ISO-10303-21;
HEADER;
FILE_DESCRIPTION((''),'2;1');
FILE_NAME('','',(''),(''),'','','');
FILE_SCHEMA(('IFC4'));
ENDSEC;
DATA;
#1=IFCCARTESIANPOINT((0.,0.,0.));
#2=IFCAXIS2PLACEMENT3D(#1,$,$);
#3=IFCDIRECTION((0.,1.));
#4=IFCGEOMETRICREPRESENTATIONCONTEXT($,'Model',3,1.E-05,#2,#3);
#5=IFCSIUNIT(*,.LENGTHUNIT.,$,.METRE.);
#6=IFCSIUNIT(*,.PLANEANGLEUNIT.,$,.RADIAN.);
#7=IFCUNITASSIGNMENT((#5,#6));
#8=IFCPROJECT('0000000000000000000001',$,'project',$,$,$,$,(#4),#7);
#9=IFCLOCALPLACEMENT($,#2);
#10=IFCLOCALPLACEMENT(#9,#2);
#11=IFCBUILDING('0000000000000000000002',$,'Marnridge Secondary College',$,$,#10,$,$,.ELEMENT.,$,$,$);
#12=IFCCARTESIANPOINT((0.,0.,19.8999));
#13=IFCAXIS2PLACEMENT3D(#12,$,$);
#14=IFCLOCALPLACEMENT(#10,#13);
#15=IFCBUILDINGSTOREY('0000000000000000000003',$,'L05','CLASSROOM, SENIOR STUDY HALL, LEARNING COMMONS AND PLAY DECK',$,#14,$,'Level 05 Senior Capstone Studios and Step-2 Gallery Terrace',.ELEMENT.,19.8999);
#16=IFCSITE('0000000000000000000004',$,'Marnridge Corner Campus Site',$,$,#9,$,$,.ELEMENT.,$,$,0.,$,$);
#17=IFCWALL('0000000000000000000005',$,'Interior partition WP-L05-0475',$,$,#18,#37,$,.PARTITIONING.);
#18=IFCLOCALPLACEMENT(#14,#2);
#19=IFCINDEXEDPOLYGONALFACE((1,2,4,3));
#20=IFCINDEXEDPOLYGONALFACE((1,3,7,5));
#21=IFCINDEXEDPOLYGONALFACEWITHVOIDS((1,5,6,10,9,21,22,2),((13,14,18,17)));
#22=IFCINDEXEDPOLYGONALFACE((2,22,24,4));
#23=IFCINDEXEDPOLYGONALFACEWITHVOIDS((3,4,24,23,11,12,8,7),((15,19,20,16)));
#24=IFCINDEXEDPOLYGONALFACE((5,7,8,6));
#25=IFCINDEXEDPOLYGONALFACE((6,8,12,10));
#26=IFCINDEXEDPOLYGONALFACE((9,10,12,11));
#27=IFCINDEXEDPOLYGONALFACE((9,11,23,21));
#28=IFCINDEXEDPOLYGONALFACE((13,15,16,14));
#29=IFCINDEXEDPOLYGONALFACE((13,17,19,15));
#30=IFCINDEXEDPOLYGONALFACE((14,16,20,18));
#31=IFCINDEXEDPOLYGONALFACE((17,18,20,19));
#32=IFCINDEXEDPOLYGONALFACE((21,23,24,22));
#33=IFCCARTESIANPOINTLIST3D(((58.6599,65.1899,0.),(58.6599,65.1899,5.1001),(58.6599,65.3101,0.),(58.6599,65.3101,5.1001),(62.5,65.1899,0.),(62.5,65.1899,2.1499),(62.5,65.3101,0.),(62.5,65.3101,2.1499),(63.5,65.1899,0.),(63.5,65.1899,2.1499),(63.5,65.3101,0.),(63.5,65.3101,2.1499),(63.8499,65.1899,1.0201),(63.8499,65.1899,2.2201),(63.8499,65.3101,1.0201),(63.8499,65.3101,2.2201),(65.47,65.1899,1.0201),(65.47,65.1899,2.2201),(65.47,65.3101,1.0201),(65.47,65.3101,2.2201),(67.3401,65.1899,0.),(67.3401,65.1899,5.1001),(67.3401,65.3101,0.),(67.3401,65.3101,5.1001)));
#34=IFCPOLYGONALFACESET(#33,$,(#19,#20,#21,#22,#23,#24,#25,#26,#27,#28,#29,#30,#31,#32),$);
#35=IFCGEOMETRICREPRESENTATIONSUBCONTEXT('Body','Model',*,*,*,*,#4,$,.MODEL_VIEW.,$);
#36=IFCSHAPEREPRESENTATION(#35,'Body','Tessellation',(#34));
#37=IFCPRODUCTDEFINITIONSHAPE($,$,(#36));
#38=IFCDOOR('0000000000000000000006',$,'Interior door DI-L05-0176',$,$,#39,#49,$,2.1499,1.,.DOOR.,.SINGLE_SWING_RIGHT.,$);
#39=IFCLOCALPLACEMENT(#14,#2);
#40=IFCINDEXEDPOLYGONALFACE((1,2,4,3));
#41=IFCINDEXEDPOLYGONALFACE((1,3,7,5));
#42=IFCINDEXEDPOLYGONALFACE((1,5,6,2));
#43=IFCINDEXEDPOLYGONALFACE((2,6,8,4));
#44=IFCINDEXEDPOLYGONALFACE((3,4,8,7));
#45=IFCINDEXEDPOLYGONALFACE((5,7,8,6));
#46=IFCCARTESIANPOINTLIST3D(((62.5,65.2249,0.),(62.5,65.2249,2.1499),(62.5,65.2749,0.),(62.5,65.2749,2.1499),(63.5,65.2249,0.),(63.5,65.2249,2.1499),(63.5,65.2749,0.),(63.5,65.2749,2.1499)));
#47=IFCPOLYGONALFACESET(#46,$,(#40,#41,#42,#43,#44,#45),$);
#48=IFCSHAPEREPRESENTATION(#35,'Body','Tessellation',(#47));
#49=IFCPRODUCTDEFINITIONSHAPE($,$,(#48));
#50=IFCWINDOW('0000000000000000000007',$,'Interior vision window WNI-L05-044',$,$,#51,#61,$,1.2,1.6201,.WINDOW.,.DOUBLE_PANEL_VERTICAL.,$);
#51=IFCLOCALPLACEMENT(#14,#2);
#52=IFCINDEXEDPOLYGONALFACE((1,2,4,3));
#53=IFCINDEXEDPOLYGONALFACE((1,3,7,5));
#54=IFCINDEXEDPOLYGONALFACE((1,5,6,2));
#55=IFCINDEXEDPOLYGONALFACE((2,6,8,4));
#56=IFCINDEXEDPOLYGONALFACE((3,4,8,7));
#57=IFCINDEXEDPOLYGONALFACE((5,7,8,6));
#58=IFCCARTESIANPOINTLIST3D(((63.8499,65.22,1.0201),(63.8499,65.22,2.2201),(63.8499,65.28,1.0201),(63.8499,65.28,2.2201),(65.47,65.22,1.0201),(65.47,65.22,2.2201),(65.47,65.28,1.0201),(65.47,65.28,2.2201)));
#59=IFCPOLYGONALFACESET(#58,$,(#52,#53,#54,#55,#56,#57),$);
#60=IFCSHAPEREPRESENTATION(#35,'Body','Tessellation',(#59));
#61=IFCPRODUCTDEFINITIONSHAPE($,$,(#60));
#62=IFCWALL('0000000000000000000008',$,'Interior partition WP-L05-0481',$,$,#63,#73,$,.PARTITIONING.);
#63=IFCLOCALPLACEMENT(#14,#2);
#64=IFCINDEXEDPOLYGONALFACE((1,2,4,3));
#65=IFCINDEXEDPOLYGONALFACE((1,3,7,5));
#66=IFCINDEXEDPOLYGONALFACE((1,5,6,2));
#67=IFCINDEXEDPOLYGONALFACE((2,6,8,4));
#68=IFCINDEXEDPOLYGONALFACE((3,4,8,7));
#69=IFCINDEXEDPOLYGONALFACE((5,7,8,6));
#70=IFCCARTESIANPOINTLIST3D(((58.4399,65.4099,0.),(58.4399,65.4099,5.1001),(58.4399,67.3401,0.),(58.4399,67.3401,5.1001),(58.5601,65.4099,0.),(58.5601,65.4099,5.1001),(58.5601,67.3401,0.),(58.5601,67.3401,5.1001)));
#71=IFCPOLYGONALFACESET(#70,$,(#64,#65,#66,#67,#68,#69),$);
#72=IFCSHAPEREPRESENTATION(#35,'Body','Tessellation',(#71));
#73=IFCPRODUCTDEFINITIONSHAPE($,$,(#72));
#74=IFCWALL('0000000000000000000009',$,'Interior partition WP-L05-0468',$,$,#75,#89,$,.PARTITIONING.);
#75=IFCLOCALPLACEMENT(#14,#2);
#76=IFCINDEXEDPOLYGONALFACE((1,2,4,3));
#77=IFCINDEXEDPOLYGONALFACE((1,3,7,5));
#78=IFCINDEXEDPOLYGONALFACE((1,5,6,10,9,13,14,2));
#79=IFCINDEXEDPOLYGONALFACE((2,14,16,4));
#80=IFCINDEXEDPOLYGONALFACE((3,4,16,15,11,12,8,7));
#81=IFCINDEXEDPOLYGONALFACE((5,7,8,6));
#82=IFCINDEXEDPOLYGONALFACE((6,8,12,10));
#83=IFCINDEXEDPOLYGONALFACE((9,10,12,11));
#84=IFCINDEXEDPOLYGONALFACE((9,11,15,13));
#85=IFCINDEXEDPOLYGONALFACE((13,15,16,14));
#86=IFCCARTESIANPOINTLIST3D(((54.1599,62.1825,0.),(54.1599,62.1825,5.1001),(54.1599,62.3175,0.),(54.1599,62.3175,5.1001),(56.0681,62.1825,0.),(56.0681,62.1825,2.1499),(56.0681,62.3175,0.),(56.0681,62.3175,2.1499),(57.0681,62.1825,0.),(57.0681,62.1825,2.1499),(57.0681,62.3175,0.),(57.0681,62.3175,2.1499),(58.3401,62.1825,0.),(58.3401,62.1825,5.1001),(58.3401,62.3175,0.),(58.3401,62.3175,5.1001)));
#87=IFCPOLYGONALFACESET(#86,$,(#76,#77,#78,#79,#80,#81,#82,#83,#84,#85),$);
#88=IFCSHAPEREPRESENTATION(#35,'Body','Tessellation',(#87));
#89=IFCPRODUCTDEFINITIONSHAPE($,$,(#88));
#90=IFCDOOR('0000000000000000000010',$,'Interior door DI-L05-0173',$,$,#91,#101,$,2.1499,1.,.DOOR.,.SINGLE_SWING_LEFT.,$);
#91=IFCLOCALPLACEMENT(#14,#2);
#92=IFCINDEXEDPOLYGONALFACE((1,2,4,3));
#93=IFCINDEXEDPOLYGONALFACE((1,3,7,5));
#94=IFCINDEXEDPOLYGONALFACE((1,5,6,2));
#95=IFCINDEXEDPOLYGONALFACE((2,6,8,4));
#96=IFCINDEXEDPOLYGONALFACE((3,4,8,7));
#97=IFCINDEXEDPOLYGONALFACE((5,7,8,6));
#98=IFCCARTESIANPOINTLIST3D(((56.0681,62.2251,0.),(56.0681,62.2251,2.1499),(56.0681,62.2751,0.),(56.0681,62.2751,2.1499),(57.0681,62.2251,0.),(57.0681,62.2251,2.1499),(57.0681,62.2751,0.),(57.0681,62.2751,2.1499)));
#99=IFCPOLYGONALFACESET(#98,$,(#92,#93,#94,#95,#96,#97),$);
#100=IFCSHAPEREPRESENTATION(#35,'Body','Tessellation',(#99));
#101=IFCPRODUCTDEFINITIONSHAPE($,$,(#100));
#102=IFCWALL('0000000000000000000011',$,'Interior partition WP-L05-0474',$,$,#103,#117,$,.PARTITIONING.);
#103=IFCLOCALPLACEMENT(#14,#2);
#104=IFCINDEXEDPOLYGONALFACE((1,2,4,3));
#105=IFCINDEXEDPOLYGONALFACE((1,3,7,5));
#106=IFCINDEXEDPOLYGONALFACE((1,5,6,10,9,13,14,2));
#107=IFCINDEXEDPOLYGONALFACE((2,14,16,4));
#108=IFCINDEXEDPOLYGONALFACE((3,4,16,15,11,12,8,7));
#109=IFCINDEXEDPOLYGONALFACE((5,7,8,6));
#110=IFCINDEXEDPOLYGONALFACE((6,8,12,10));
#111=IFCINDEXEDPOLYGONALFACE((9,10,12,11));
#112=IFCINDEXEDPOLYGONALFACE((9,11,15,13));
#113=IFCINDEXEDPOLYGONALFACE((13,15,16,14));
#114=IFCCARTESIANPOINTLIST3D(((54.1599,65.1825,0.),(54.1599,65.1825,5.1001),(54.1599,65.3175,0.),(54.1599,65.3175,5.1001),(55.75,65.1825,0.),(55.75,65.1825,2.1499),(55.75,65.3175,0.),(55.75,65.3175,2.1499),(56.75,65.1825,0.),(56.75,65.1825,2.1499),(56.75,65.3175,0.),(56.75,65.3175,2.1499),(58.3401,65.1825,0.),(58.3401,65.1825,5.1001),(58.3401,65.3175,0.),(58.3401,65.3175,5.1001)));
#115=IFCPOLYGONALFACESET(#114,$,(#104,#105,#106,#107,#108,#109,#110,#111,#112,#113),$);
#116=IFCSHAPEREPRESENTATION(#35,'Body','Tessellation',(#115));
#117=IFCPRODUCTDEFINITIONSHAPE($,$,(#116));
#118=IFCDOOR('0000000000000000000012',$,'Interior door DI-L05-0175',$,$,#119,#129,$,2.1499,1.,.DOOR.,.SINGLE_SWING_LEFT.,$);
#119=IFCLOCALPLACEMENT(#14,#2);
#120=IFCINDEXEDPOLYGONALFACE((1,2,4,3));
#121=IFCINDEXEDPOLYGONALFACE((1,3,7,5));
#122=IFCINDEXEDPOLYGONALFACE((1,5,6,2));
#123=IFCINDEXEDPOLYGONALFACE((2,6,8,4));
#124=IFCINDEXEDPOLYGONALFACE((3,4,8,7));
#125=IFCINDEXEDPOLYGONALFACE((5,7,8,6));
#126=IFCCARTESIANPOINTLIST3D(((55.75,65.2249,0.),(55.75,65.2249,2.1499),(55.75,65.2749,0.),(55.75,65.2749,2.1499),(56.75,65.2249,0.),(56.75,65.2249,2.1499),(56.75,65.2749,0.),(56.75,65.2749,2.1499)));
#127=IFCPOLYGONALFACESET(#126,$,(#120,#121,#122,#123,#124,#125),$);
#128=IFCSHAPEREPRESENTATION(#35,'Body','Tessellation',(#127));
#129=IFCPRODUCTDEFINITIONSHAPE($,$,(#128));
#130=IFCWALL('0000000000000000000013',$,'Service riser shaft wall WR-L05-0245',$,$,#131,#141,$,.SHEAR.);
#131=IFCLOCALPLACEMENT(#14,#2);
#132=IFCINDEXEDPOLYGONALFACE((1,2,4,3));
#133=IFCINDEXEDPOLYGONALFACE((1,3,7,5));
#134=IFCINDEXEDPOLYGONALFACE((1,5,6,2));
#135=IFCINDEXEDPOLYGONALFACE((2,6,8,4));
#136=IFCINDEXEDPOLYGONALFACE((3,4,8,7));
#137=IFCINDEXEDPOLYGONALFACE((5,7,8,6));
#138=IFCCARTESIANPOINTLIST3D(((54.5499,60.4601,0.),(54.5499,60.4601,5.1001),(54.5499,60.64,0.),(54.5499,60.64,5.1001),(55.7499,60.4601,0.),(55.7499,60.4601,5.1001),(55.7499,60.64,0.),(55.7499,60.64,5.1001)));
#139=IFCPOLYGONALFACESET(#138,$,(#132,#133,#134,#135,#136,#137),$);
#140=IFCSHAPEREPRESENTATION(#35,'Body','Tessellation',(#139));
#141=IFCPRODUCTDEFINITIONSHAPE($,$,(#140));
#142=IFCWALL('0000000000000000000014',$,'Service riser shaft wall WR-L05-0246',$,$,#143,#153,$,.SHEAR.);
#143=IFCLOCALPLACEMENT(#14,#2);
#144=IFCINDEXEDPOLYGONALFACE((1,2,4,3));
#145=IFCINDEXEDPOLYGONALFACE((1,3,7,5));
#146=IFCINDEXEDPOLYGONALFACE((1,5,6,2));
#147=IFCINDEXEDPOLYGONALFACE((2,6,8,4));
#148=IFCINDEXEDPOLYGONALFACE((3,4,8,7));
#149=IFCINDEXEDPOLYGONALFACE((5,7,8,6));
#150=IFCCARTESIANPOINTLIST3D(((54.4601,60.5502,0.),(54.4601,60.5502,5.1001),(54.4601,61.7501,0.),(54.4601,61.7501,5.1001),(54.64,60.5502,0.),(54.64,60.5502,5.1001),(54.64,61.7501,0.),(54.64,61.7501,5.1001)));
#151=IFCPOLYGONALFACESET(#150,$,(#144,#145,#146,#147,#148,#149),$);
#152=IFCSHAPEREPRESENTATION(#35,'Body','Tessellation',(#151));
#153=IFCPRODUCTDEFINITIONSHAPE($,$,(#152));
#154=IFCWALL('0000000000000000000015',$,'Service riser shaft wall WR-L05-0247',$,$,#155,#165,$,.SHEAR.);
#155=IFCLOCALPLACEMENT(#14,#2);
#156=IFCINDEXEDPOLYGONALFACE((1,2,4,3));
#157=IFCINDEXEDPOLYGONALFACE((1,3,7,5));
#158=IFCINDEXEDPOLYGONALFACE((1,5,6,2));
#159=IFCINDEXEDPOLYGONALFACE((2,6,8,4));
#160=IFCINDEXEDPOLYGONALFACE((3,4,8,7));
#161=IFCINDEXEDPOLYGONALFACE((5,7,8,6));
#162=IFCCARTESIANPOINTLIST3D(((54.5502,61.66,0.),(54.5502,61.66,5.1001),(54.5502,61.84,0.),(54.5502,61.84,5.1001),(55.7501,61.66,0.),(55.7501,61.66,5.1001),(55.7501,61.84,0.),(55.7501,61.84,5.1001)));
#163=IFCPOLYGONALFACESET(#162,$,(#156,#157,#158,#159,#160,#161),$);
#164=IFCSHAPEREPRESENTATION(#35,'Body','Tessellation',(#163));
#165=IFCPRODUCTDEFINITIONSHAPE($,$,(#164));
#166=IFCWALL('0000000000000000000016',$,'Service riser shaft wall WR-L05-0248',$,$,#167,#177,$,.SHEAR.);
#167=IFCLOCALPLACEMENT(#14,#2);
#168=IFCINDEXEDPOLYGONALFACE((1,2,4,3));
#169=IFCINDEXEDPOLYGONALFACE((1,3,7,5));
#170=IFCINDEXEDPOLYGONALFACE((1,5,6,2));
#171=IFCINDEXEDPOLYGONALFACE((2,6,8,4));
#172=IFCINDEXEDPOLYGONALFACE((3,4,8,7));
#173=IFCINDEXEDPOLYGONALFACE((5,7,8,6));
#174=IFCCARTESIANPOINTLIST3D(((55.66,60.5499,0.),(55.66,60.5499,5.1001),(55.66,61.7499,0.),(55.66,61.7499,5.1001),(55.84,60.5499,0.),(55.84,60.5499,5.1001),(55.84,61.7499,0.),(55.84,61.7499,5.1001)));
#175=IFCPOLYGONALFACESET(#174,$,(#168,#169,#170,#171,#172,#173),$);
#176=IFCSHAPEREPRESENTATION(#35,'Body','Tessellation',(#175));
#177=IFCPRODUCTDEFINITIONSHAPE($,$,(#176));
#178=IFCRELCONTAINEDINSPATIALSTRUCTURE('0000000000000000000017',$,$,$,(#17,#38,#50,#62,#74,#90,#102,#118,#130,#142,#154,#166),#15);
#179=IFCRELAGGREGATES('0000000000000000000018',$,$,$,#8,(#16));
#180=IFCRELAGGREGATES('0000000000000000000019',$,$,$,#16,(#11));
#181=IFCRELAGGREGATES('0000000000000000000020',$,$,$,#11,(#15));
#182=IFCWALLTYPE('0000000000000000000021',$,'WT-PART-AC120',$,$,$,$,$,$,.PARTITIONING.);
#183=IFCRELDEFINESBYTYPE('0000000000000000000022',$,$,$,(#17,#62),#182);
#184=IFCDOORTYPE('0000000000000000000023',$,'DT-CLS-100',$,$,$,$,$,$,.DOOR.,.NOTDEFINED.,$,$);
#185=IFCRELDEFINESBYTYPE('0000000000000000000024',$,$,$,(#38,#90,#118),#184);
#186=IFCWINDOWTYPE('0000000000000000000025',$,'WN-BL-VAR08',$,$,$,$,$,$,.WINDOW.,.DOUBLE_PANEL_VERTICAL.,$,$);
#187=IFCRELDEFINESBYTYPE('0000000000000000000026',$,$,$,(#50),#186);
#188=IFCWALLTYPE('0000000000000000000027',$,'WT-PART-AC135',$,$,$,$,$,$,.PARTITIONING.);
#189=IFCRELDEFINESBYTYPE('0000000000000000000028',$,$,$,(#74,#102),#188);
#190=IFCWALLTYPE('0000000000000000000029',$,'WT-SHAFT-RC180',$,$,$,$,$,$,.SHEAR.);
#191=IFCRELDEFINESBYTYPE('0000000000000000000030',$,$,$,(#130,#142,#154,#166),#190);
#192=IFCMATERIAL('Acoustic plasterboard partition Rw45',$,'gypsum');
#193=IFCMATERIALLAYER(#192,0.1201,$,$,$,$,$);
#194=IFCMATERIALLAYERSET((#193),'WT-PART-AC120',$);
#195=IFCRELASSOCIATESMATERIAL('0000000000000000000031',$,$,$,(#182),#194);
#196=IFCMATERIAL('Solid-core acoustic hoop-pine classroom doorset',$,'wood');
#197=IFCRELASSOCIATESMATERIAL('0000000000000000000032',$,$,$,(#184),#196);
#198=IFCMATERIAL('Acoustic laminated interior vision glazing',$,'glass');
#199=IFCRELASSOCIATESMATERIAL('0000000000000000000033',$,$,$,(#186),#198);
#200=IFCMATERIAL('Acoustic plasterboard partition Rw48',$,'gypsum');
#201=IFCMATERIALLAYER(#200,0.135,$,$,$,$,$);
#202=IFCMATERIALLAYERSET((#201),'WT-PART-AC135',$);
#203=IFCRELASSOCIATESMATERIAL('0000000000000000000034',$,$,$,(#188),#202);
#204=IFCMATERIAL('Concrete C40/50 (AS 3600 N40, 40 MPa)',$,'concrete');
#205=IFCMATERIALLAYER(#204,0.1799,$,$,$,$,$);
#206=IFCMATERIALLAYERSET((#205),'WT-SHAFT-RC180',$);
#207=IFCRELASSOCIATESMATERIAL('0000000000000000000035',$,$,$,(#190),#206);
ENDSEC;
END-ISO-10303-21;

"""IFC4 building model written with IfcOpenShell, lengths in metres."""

from ifc_helpers import new_model, si_unit, direction, frame, frame_2d, origin, place, context, subcontext, project, spatial, rectangle, extrude, material, layer, layer_set, type_object, element, fill, save


model = new_model("IFC4")

# Units and contexts
model_context = context("Model", 3, precision=1e-05, world=origin(), true_north=direction((0.0, 1.0)))
body_context = subcontext(model_context, "Body", "Model", "MODEL_VIEW")
ifc_project = project(units=[si_unit("LENGTHUNIT", "METRE"), si_unit("PLANEANGLEUNIT", "RADIAN")], contexts=[model_context])

# Site, building, storey
site_placement = place(None, origin())
site = spatial("IfcSite", under=ifc_project, at=site_placement, Name="Marnridge Corner Campus Site", CompositionType="ELEMENT", RefElevation=0.0)
building_placement = place(site_placement, origin())
building = spatial("IfcBuilding", under=site, at=building_placement, Name="Marnridge Secondary College", CompositionType="ELEMENT")
storey_placement = place(building_placement, frame((0.0, 0.0, 19.8999)))
storey = spatial("IfcBuildingStorey", under=building, at=storey_placement, Name="L05", Description="CLASSROOM, SENIOR STUDY HALL, LEARNING COMMONS AND PLAY DECK", LongName="Level 05 Senior Capstone Studios and Step-2 Gallery Terrace", CompositionType="ELEMENT", Elevation=19.8999)

# Wall, openings, door, window
ifc_material_1 = material(Name="Acoustic plasterboard partition Rw45", Category="gypsum")
ifc_layer_1 = layer(ifc_material_1, 0.1201)
ifc_layer_set_1 = layer_set([ifc_layer_1], Name="WT-PART-AC120")
wall_type_1 = type_object("IfcWallType", Name="WT-PART-AC120", PredefinedType="PARTITIONING", material=ifc_layer_set_1)
wall_1_placement = place(storey_placement, frame((58.6599, 65.25, 0.0), z_axis=(0.0, 0.0, 1.0), x_axis=(1.0, 0.0, 0.0)))
wall_1 = element("IfcWall", 1, at=wall_1_placement, inside=storey, type_object=wall_type_1, Name="Interior partition WP-L05-0475", PredefinedType="PARTITIONING", context=body_context, shape_type="SweptSolid", body=[
    extrude(rectangle(XDim=8.6802, YDim=0.1201, at=frame_2d((4.3401, 0.0))), origin(), (0.0, 0.0, 1.0), 5.1001),
])
opening_1_placement = place(wall_1_placement, frame((3.8401, 0.0, 0.0)))
opening_1 = element("IfcOpeningElement", 2, at=opening_1_placement, cuts=wall_1, PredefinedType="OPENING", context=body_context, shape_type="SweptSolid", body=[
    extrude(rectangle(XDim=1.0, YDim=2.1499, at=frame_2d((0.5, 1.075))), frame((0.0, 0.0701, 0.0), z_axis=(0.0, -1.0, 0.0), x_axis=(1.0, 0.0, 0.0)), (0.0, 0.0, 1.0), 0.1401),
])
opening_2_placement = place(wall_1_placement, frame((5.1899, 0.0, 1.02)))
opening_2 = element("IfcOpeningElement", 3, at=opening_2_placement, cuts=wall_1, PredefinedType="OPENING", context=body_context, shape_type="SweptSolid", body=[
    extrude(rectangle(XDim=1.6201, YDim=1.2, at=frame_2d((0.8101, 0.6001))), frame((0.0, 0.0701, 0.0), z_axis=(0.0, -1.0, 0.0), x_axis=(1.0, 0.0, 0.0)), (0.0, 0.0, 1.0), 0.1401),
])
ifc_material_2 = material(Name="Solid-core acoustic hoop-pine classroom doorset", Category="wood")
door_type_1 = type_object("IfcDoorType", Name="DT-CLS-100", OperationType="NOTDEFINED", PredefinedType="DOOR", material=ifc_material_2)
door_1_placement = place(opening_1_placement, origin())
door_1 = element("IfcDoor", 4, at=door_1_placement, inside=storey, type_object=door_type_1, Name="Interior door DI-L05-0176", OperationType="SINGLE_SWING_RIGHT", OverallHeight=2.1499, OverallWidth=1.0, PredefinedType="DOOR", context=body_context, shape_type="SweptSolid", body=[
    extrude(rectangle(XDim=1.0, YDim=2.1499, at=frame_2d((0.5, 1.075))), frame((0.0, 0.0249, 0.0), z_axis=(0.0, -1.0, 0.0), x_axis=(1.0, 0.0, 0.0)), (0.0, 0.0, 1.0), 0.05),
])
fill(opening_1, door_1)
ifc_material_3 = material(Name="Acoustic laminated interior vision glazing", Category="glass")
window_type = type_object("IfcWindowType", Name="WN-BL-VAR08", PartitioningType="DOUBLE_PANEL_VERTICAL", PredefinedType="WINDOW", material=ifc_material_3)
window_placement = place(opening_2_placement, origin())
window = element("IfcWindow", 5, at=window_placement, inside=storey, type_object=window_type, Name="Interior vision window WNI-L05-044", OverallHeight=1.2, OverallWidth=1.6201, PartitioningType="DOUBLE_PANEL_VERTICAL", PredefinedType="WINDOW", context=body_context, shape_type="SweptSolid", body=[
    extrude(rectangle(XDim=1.6201, YDim=1.2, at=frame_2d((0.8101, 0.6001))), frame((0.0, 0.03, 0.0), z_axis=(0.0, -1.0, 0.0), x_axis=(1.0, 0.0, 0.0)), (0.0, 0.0, 1.0), 0.0601),
])
fill(opening_2, window)

# Wall
wall_2_placement = place(storey_placement, frame((58.5, 65.4099, 0.0), z_axis=(0.0, 0.0, 1.0), x_axis=(0.0, 1.0, 0.0)))
element("IfcWall", 6, at=wall_2_placement, inside=storey, type_object=wall_type_1, Name="Interior partition WP-L05-0481", PredefinedType="PARTITIONING", context=body_context, shape_type="SweptSolid", body=[
    extrude(rectangle(XDim=1.9302, YDim=0.1201, at=frame_2d((0.9651, 0.0))), origin(), (0.0, 0.0, 1.0), 5.1001),
])

# Walls, openings, doors
ifc_material_4 = material(Name="Acoustic plasterboard partition Rw48", Category="gypsum")
ifc_layer_2 = layer(ifc_material_4, 0.135)
ifc_layer_set_2 = layer_set([ifc_layer_2], Name="WT-PART-AC135")
wall_type_2 = type_object("IfcWallType", Name="WT-PART-AC135", PredefinedType="PARTITIONING", material=ifc_layer_set_2)
wall_3_placement = place(storey_placement, frame((58.3401, 62.25, 0.0), z_axis=(0.0, 0.0, 1.0), x_axis=(-1.0, 0.0, 0.0)))
wall_3 = element("IfcWall", 7, at=wall_3_placement, inside=storey, type_object=wall_type_2, Name="Interior partition WP-L05-0468", PredefinedType="PARTITIONING", context=body_context, shape_type="SweptSolid", body=[
    extrude(rectangle(XDim=4.1802, YDim=0.135, at=frame_2d((2.0901, 0.0))), origin(), (0.0, 0.0, 1.0), 5.1001),
])
opening_3_placement = place(wall_3_placement, frame((1.272, 0.0, 0.0)))
opening_3 = element("IfcOpeningElement", 8, at=opening_3_placement, cuts=wall_3, PredefinedType="OPENING", context=body_context, shape_type="SweptSolid", body=[
    extrude(rectangle(XDim=1.0, YDim=2.1499, at=frame_2d((0.5, 1.075))), frame((0.0, 0.0774, 0.0), z_axis=(0.0, -1.0, 0.0), x_axis=(1.0, 0.0, 0.0)), (0.0, 0.0, 1.0), 0.155),
])
door_2_placement = place(opening_3_placement, origin())
door_2 = element("IfcDoor", 9, at=door_2_placement, inside=storey, type_object=door_type_1, Name="Interior door DI-L05-0173", OperationType="SINGLE_SWING_LEFT", OverallHeight=2.1499, OverallWidth=1.0, PredefinedType="DOOR", context=body_context, shape_type="SweptSolid", body=[
    extrude(rectangle(XDim=1.0, YDim=2.1499, at=frame_2d((0.5, 1.075))), frame((0.0, 0.0249, 0.0), z_axis=(0.0, -1.0, 0.0), x_axis=(1.0, 0.0, 0.0)), (0.0, 0.0, 1.0), 0.05),
])
fill(opening_3, door_2)
wall_4_placement = place(storey_placement, frame((54.1599, 65.25, 0.0), z_axis=(0.0, 0.0, 1.0), x_axis=(1.0, 0.0, 0.0)))
wall_4 = element("IfcWall", 10, at=wall_4_placement, inside=storey, type_object=wall_type_2, Name="Interior partition WP-L05-0474", PredefinedType="PARTITIONING", context=body_context, shape_type="SweptSolid", body=[
    extrude(rectangle(XDim=4.1802, YDim=0.135, at=frame_2d((2.0901, 0.0))), origin(), (0.0, 0.0, 1.0), 5.1001),
])
opening_4_placement = place(wall_4_placement, frame((1.5901, 0.0, 0.0)))
opening_4 = element("IfcOpeningElement", 11, at=opening_4_placement, cuts=wall_4, PredefinedType="OPENING", context=body_context, shape_type="SweptSolid", body=[
    extrude(rectangle(XDim=1.0, YDim=2.1499, at=frame_2d((0.5, 1.075))), frame((0.0, 0.0774, 0.0), z_axis=(0.0, -1.0, 0.0), x_axis=(1.0, 0.0, 0.0)), (0.0, 0.0, 1.0), 0.155),
])
door_3_placement = place(opening_4_placement, origin())
door_3 = element("IfcDoor", 12, at=door_3_placement, inside=storey, type_object=door_type_1, Name="Interior door DI-L05-0175", OperationType="SINGLE_SWING_LEFT", OverallHeight=2.1499, OverallWidth=1.0, PredefinedType="DOOR", context=body_context, shape_type="SweptSolid", body=[
    extrude(rectangle(XDim=1.0, YDim=2.1499, at=frame_2d((0.5, 1.075))), frame((0.0, 0.0249, 0.0), z_axis=(0.0, -1.0, 0.0), x_axis=(1.0, 0.0, 0.0)), (0.0, 0.0, 1.0), 0.05),
])
fill(opening_4, door_3)

# Walls
ifc_material_5 = material(Name="Concrete C40/50 (AS 3600 N40, 40 MPa)", Category="concrete")
ifc_layer_3 = layer(ifc_material_5, 0.1799)
ifc_layer_set_3 = layer_set([ifc_layer_3], Name="WT-SHAFT-RC180")
wall_type_3 = type_object("IfcWallType", Name="WT-SHAFT-RC180", PredefinedType="SHEAR", material=ifc_layer_set_3)
for number, where, z_axis, x_axis, name in (
    (13, (55.75, 60.55, 0.0), (0.0, 0.0, 1.0), (-1.0, 0.0, 0.0), "Service riser shaft wall WR-L05-0245"),
    (14, (54.55, 60.55, 0.0), (0.0, 0.0, 1.0), (0.0, 1.0, 0.0), "Service riser shaft wall WR-L05-0246"),
    (15, (54.55, 61.75, 0.0), (0.0, 0.0, 1.0), (1.0, 0.0, 0.0), "Service riser shaft wall WR-L05-0247"),
    (16, (55.75, 61.75, 0.0), (0.0, 0.0, 1.0), (0.0, -1.0, 0.0), "Service riser shaft wall WR-L05-0248"),
):
    element("IfcWall", number, at=place(storey_placement, frame(where, z_axis=z_axis, x_axis=x_axis)), inside=storey, type_object=wall_type_3, Name=name, PredefinedType="SHEAR", context=body_context, shape_type="SweptSolid", body=[
        extrude(rectangle(XDim=1.2, YDim=0.1799, at=frame_2d((0.6001, 0.0))), origin(), (0.0, 0.0, 1.0), 5.1001),
    ])

save(model, "model.ifc")
